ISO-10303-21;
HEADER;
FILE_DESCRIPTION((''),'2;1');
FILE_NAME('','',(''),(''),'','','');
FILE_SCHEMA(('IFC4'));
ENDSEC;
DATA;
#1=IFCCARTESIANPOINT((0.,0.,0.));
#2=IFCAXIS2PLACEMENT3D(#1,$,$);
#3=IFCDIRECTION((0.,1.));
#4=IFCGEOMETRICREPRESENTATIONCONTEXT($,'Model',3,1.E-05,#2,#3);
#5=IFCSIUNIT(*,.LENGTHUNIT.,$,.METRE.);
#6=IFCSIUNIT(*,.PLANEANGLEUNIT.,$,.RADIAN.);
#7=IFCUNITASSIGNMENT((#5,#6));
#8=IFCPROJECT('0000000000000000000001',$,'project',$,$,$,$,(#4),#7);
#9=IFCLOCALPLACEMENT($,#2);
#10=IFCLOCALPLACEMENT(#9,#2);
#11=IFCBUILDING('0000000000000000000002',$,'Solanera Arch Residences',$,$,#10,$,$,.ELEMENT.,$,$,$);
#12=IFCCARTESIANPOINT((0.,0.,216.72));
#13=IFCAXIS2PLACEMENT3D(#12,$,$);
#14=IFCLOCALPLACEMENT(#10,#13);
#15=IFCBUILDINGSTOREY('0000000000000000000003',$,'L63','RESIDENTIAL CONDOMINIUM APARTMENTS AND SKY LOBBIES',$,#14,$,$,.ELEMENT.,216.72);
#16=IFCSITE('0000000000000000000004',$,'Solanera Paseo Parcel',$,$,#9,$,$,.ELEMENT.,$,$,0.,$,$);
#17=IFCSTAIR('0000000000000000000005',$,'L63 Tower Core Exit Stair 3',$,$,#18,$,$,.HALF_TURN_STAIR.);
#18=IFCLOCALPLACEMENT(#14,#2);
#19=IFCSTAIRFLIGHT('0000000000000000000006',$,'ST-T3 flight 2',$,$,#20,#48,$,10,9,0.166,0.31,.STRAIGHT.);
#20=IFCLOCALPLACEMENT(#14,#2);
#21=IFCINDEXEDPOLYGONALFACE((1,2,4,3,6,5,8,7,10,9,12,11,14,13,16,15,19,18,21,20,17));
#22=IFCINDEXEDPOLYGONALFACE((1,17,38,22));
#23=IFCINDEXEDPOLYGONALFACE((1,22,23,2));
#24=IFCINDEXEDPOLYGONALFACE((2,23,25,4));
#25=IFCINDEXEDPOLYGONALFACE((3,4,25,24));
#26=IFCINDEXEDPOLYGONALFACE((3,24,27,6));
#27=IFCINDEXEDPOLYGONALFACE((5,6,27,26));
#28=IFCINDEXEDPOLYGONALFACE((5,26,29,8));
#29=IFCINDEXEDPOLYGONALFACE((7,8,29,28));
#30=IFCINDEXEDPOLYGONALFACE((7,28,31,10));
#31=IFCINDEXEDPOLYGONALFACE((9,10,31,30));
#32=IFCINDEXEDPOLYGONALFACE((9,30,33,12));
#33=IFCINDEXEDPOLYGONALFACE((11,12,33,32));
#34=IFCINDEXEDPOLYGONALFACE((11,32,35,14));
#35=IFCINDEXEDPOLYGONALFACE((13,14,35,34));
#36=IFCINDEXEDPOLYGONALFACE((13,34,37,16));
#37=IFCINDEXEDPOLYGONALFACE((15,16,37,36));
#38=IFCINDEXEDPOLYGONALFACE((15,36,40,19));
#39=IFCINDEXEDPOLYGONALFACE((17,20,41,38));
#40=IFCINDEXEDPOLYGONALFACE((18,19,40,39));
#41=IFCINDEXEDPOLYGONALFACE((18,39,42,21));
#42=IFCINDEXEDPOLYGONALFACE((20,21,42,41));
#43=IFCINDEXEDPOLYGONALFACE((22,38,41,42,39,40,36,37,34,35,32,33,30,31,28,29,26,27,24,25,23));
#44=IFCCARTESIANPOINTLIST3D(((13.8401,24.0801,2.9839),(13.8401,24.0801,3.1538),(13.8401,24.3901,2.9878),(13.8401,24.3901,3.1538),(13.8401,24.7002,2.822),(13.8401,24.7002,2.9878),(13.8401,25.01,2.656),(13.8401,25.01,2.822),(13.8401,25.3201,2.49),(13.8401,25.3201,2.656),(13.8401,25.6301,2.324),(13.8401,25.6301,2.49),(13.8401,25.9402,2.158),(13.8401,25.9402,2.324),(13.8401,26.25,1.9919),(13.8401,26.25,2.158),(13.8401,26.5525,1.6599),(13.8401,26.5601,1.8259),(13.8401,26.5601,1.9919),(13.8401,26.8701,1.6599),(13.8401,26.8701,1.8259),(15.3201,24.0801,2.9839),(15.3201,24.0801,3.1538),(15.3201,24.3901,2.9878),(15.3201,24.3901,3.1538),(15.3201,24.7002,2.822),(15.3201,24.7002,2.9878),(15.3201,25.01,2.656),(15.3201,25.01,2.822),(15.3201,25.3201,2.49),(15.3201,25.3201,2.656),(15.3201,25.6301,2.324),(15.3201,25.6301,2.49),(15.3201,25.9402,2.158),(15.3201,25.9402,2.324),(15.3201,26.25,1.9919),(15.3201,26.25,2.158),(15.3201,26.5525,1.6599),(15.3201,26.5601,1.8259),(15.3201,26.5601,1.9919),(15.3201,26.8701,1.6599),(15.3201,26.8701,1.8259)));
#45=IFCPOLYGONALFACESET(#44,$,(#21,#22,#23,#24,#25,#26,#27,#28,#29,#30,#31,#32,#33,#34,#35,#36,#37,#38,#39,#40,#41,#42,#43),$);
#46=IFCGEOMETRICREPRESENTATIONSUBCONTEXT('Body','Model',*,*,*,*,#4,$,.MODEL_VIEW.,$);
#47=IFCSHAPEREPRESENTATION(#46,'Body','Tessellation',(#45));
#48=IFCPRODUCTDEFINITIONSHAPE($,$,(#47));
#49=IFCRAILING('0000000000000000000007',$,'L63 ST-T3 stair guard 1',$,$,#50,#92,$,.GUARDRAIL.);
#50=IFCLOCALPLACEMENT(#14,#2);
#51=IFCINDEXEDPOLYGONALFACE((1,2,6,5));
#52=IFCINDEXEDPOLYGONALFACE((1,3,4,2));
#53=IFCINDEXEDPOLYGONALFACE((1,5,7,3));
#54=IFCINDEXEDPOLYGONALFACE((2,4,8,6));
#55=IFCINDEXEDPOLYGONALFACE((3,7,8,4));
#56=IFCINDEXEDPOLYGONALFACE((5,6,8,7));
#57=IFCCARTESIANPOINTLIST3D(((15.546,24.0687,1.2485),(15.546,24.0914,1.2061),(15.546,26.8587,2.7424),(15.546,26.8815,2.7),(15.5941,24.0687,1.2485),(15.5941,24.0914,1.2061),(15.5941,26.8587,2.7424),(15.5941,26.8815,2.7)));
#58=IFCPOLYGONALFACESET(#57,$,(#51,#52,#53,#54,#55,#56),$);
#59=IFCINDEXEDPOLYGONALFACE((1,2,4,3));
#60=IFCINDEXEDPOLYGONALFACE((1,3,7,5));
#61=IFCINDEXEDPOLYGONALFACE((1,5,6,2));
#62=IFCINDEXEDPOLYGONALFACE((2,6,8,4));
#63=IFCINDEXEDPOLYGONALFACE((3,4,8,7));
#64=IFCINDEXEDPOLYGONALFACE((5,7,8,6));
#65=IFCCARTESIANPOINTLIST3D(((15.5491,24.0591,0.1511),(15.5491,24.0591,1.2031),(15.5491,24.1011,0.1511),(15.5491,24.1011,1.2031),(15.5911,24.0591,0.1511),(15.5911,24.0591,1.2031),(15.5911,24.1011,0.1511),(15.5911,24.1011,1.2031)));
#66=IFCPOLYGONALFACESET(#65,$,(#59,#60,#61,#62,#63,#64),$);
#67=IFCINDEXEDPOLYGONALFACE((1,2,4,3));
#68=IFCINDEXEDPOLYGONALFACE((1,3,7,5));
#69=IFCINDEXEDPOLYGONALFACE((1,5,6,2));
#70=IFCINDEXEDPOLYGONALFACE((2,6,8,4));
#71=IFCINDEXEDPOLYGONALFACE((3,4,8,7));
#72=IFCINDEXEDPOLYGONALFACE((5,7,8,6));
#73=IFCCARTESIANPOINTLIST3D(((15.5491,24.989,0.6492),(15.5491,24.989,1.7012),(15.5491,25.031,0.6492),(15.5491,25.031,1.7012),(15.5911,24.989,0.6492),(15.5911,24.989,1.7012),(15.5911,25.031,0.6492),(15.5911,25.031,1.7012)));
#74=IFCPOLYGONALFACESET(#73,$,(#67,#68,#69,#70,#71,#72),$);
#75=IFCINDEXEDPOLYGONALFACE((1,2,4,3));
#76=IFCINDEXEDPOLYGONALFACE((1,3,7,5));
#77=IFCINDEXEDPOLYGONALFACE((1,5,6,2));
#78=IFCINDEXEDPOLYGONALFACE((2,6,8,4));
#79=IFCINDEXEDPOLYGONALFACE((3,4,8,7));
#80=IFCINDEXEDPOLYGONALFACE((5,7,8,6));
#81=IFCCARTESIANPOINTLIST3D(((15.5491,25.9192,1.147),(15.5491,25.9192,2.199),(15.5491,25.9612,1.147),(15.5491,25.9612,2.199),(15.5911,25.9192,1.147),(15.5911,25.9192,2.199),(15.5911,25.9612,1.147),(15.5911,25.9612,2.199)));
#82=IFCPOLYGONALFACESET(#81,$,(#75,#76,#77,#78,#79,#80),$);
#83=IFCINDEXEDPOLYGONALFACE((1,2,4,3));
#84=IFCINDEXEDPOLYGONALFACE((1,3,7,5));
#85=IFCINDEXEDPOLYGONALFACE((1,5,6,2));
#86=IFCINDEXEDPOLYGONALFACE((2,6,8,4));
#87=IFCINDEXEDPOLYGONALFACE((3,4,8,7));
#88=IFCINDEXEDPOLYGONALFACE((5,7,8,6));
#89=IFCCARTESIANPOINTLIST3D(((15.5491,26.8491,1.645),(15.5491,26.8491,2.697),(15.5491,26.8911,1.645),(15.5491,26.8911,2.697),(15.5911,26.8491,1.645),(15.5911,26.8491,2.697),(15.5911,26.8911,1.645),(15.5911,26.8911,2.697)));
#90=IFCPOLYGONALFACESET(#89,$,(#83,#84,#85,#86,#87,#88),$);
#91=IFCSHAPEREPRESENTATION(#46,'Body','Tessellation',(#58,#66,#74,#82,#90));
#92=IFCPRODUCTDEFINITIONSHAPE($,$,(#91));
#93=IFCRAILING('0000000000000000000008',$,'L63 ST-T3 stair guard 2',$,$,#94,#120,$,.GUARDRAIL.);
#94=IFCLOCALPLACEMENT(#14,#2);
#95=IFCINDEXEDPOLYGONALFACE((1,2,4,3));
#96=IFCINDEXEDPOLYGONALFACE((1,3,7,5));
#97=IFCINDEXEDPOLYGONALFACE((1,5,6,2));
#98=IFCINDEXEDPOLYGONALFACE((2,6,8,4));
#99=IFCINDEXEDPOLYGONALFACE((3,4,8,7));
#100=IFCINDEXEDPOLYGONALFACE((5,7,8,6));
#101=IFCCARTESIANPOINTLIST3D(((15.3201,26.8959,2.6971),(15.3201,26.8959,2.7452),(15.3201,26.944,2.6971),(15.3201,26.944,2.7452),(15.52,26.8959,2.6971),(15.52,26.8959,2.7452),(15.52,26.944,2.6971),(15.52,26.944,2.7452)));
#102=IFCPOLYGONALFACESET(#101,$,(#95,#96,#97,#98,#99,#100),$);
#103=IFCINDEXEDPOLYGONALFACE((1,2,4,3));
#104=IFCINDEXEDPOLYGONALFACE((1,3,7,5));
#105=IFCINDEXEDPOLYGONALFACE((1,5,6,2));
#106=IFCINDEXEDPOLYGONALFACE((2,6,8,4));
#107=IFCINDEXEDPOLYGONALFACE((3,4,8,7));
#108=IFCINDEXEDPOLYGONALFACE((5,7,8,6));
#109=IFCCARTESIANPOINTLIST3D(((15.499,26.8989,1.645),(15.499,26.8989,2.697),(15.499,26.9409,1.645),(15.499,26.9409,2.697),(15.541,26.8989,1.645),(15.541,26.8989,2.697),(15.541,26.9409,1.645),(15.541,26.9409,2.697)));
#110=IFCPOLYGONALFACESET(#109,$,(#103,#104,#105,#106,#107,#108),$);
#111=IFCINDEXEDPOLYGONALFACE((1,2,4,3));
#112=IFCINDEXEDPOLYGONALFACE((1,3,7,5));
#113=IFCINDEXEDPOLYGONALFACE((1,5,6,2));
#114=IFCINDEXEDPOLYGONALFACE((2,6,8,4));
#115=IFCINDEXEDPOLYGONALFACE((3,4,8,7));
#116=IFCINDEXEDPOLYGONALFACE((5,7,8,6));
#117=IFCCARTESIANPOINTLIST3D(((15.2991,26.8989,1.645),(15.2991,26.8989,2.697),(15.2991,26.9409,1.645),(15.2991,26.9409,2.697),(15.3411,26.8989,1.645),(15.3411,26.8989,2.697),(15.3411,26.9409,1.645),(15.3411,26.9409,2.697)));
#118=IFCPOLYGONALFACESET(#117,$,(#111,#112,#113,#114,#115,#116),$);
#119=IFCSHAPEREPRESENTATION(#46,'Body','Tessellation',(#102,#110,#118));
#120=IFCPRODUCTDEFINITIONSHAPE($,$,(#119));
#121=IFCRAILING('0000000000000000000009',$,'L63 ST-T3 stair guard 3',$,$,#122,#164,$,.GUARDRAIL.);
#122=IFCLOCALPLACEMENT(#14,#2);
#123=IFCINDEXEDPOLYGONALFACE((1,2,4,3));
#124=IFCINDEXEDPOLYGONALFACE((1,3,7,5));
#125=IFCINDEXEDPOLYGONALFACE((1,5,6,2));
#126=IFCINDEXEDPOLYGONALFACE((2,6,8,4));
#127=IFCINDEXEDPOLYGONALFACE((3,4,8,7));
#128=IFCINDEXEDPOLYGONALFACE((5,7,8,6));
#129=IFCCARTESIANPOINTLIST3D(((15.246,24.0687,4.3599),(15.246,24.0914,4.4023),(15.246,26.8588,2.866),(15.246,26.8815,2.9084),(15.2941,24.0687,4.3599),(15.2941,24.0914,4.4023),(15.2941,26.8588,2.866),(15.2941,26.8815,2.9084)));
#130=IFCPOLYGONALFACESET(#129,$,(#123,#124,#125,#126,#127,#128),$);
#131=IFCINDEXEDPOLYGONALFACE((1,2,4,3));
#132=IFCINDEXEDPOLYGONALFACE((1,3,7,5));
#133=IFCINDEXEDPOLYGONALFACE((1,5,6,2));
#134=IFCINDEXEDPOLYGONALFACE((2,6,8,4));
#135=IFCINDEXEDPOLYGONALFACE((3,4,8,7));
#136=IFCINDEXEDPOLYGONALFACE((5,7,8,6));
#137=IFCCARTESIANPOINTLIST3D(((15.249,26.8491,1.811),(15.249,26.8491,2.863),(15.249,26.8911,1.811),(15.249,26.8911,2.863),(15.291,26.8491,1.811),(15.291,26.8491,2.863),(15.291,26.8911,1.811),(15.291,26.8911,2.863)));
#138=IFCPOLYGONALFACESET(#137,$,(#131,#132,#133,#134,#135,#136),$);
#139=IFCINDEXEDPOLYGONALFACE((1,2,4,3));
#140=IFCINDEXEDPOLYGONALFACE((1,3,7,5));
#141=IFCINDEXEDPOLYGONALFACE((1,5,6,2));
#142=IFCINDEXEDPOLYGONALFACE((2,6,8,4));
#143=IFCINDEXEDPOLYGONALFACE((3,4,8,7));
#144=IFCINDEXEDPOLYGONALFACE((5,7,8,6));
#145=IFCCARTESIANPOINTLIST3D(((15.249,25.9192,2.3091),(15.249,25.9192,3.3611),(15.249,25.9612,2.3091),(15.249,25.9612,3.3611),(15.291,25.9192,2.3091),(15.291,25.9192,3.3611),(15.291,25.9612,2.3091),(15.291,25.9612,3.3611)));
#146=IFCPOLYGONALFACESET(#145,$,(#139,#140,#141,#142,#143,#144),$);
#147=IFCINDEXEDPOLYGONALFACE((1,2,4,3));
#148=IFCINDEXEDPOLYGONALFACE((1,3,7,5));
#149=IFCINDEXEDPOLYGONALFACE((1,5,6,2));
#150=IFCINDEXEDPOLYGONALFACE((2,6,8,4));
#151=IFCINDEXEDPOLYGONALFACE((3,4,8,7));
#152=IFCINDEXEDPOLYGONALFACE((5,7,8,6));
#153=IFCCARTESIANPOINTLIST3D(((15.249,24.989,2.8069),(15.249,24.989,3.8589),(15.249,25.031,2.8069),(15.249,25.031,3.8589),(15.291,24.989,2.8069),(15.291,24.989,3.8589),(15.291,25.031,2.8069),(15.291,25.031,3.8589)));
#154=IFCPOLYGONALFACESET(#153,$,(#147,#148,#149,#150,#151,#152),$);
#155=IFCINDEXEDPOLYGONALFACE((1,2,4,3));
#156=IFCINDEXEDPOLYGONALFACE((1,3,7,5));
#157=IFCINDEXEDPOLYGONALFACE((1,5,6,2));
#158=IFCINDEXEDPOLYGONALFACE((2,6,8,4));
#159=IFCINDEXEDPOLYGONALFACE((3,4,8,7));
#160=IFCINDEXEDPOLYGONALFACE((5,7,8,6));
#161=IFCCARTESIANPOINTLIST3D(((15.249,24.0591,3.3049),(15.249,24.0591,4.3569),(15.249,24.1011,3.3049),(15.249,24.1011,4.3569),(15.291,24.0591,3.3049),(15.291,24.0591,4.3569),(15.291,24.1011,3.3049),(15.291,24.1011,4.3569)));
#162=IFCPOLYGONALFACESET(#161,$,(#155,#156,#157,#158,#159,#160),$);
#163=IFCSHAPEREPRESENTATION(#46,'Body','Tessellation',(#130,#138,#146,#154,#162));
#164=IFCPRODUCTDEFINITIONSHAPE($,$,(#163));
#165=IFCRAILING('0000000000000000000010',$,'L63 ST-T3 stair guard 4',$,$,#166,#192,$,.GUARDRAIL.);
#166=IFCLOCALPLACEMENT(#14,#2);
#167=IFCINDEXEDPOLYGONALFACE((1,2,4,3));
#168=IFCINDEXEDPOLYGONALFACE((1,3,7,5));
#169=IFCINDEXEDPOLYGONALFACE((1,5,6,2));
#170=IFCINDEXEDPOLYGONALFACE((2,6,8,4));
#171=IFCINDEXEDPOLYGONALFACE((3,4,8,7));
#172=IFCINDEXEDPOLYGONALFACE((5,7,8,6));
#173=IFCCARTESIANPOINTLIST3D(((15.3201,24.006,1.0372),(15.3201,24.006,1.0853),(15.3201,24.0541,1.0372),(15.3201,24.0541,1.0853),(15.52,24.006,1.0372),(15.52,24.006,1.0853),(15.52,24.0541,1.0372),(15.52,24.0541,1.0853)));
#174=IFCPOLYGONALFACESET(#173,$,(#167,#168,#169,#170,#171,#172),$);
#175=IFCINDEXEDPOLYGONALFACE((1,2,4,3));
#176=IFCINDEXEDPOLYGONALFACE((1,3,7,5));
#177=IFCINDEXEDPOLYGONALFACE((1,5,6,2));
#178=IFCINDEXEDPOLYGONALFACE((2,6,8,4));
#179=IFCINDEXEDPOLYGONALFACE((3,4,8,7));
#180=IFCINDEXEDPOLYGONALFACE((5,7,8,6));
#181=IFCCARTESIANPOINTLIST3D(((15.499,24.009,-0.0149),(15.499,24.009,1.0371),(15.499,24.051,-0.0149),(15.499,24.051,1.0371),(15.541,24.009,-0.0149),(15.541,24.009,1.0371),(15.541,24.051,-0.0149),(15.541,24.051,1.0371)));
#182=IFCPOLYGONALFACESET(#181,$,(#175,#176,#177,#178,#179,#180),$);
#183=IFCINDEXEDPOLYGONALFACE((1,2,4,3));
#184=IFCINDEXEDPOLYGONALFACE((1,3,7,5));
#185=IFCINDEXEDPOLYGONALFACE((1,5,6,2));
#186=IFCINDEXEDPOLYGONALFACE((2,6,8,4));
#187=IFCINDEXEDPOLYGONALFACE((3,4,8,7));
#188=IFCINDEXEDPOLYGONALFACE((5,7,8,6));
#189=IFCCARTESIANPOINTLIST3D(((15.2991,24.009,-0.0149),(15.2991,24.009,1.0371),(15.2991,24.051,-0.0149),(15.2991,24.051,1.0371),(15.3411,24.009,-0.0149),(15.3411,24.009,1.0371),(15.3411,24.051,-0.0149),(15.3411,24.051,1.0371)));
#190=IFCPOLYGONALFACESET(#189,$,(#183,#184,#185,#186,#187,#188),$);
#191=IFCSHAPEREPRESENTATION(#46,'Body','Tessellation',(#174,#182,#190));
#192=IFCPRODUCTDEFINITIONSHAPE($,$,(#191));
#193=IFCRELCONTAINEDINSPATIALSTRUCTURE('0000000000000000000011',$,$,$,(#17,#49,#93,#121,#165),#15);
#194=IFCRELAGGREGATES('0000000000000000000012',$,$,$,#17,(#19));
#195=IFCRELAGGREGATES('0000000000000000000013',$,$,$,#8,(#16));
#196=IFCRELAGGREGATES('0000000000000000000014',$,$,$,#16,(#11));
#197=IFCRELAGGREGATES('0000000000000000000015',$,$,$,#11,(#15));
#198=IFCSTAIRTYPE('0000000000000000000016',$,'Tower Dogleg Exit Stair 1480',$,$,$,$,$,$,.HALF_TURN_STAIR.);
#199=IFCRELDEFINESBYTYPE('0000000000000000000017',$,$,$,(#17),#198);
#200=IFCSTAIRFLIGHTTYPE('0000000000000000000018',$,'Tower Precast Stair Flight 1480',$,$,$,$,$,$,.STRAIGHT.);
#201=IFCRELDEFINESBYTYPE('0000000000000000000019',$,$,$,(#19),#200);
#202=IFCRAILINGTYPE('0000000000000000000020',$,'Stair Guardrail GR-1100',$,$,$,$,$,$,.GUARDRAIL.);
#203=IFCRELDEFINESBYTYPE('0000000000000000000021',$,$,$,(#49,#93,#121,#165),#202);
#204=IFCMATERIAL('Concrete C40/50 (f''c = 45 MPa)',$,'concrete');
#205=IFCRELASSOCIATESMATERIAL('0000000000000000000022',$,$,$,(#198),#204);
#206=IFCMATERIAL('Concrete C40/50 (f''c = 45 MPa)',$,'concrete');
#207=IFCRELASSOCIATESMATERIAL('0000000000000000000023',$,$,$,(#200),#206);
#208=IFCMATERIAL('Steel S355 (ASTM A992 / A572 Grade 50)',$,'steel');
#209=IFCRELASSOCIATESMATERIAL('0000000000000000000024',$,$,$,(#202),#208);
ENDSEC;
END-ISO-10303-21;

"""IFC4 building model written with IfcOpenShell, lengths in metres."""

from ifc_helpers import new_model, si_unit, direction, frame, origin, origin_2d, place, context, subcontext, project, spatial, polyline, rectangle, outline, extrude, material, type_object, element, aggregate, save


model = new_model("IFC4")

# Units and contexts
model_context = context("Model", 3, precision=1e-05, world=origin(), true_north=direction((0.0, 1.0)))
body_context = subcontext(model_context, "Body", "Model", "MODEL_VIEW")
ifc_project = project(units=[si_unit("LENGTHUNIT", "METRE"), si_unit("PLANEANGLEUNIT", "RADIAN")], contexts=[model_context])

# Site, building, storey
site_placement = place(None, origin())
site = spatial("IfcSite", under=ifc_project, at=site_placement, Name="Solanera Paseo Parcel", CompositionType="ELEMENT", RefElevation=0.0)
building_placement = place(site_placement, origin())
building = spatial("IfcBuilding", under=site, at=building_placement, Name="Solanera Arch Residences", CompositionType="ELEMENT")
storey_placement = place(building_placement, frame((0.0, 0.0, 216.72)))
storey = spatial("IfcBuildingStorey", under=building, at=storey_placement, Name="L63", Description="RESIDENTIAL CONDOMINIUM APARTMENTS AND SKY LOBBIES", CompositionType="ELEMENT", Elevation=216.72)

# Stair, stair flight
ifc_material_1 = material(Name="Concrete C40/50 (f'c = 45 MPa)", Category="concrete")
stair_type = type_object("IfcStairType", Name="Tower Dogleg Exit Stair 1480", PredefinedType="HALF_TURN_STAIR", material=ifc_material_1)
stair_placement = place(storey_placement, origin())
stair = element("IfcStair", 1, at=stair_placement, inside=storey, type_object=stair_type, Name="L63 Tower Core Exit Stair 3", PredefinedType="HALF_TURN_STAIR")
ifc_material_2 = material(Name="Concrete C40/50 (f'c = 45 MPa)", Category="concrete")
stair_flight_type = type_object("IfcStairFlightType", Name="Tower Precast Stair Flight 1480", PredefinedType="STRAIGHT", material=ifc_material_2)
stair_flight_1_placement = place(storey_placement, frame((14.5801, 26.8701, 1.6599), z_axis=(0.0, 0.0, 1.0), x_axis=(0.0, -1.0, 0.0)))
stair_flight_1 = element("IfcStairFlight", 2, at=stair_flight_1_placement, type_object=stair_flight_type, Name="ST-T3 flight 2", NumberOfRisers=10, NumberOfTreads=9, PredefinedType="STRAIGHT", RiserHeight=0.166, TreadLength=0.31, context=body_context, shape_type="SweptSolid", body=[
    extrude(outline(polyline([(0.0, 0.0), (0.0, 0.166), (0.3101, 0.166), (0.3101, 0.332), (0.6201, 0.332), (0.6201, 0.498), (0.9299, 0.498), (0.9299, 0.6641), (1.24, 0.6641), (1.24, 0.8301), (1.55, 0.8301), (1.55, 0.9961), (1.8601, 0.9961), (1.8601, 1.1621), (2.1699, 1.1621), (2.1699, 1.3279), (2.48, 1.3279), (2.48, 1.4939), (2.79, 1.4939), (2.79, 1.6599), (2.79, 1.324), (0.3176, 0.0), (0.0, 0.0)])), frame((0.0, 0.74, 0.0), z_axis=(0.0, -1.0, 0.0), x_axis=(1.0, 0.0, 0.0)), (0.0, 0.0, 1.0), 1.48),
])
aggregate(stair, [stair_flight_1])

# Railings
ifc_material_3 = material(Name="Steel S355 (ASTM A992 / A572 Grade 50)", Category="steel")
railing_type_1 = type_object("IfcRailingType", Name="Stair Guardrail GR-1100", PredefinedType="GUARDRAIL", material=ifc_material_3)
railing_1_placement = place(storey_placement, frame((15.5701, 24.0801, 0.1511)))
element("IfcRailing", 3, at=railing_1_placement, inside=storey, type_object=railing_type_1, Name="L63 ST-T3 stair guard 1", PredefinedType="GUARDRAIL", context=body_context, shape_type="SweptSolid", body=[
    extrude(rectangle(XDim=0.0481, YDim=0.0481, at=origin_2d()), frame((0.0, 0.0, 1.0762), z_axis=(0.0, 0.881581, 0.472033), x_axis=(-1.0, 0.0, 0.0)), (0.0, 0.0, 1.0), 3.1648),
    extrude(rectangle(XDim=0.042, YDim=0.042, at=origin_2d()), origin(), (0.0, 0.0, 1.0), 1.052),
    extrude(rectangle(XDim=0.042, YDim=0.042, at=origin_2d()), frame((0.0, 0.9299, 0.498)), (0.0, 0.0, 1.0), 1.052),
    extrude(rectangle(XDim=0.042, YDim=0.042, at=origin_2d()), frame((0.0, 1.8601, 0.9958)), (0.0, 0.0, 1.0), 1.052),
    extrude(rectangle(XDim=0.042, YDim=0.042, at=origin_2d()), frame((0.0, 2.79, 1.4939)), (0.0, 0.0, 1.0), 1.052),
])
railing_2_placement = place(storey_placement, frame((15.52, 26.9199, 1.645)))
element("IfcRailing", 4, at=railing_2_placement, inside=storey, type_object=railing_type_1, Name="L63 ST-T3 stair guard 2", PredefinedType="GUARDRAIL", context=body_context, shape_type="SweptSolid", body=[
    extrude(rectangle(XDim=0.0481, YDim=0.0481, at=origin_2d()), frame((0.0, 0.0, 1.0762), z_axis=(-1.0, 0.0, 0.0), x_axis=(0.0, -1.0, 0.0)), (0.0, 0.0, 1.0), 0.2),
    extrude(rectangle(XDim=0.042, YDim=0.042, at=origin_2d()), origin(), (0.0, 0.0, 1.0), 1.052),
    extrude(rectangle(XDim=0.042, YDim=0.042, at=origin_2d()), frame((-0.2, 0.0, 0.0)), (0.0, 0.0, 1.0), 1.052),
])
railing_3_placement = place(storey_placement, frame((15.27, 26.8701, 1.811)))
element("IfcRailing", 5, at=railing_3_placement, inside=storey, type_object=railing_type_1, Name="L63 ST-T3 stair guard 3", PredefinedType="GUARDRAIL", context=body_context, shape_type="SweptSolid", body=[
    extrude(rectangle(XDim=0.0481, YDim=0.0481, at=origin_2d()), frame((0.0, 0.0, 1.0762), z_axis=(0.0, -0.881581, 0.472033), x_axis=(1.0, 0.0, 0.0)), (0.0, 0.0, 1.0), 3.1648),
    extrude(rectangle(XDim=0.042, YDim=0.042, at=origin_2d()), origin(), (0.0, 0.0, 1.0), 1.052),
    extrude(rectangle(XDim=0.042, YDim=0.042, at=origin_2d()), frame((0.0, -0.9299, 0.498)), (0.0, 0.0, 1.0), 1.052),
    extrude(rectangle(XDim=0.042, YDim=0.042, at=origin_2d()), frame((0.0, -1.8601, 0.9958)), (0.0, 0.0, 1.0), 1.052),
    extrude(rectangle(XDim=0.042, YDim=0.042, at=origin_2d()), frame((0.0, -2.79, 1.4939)), (0.0, 0.0, 1.0), 1.052),
])
railing_4_placement = place(storey_placement, frame((15.52, 24.03, -0.0149)))
element("IfcRailing", 6, at=railing_4_placement, inside=storey, type_object=railing_type_1, Name="L63 ST-T3 stair guard 4", PredefinedType="GUARDRAIL", context=body_context, shape_type="SweptSolid", body=[
    extrude(rectangle(XDim=0.0481, YDim=0.0481, at=origin_2d()), frame((0.0, 0.0, 1.0762), z_axis=(-1.0, 0.0, 0.0), x_axis=(0.0, -1.0, 0.0)), (0.0, 0.0, 1.0), 0.2),
    extrude(rectangle(XDim=0.042, YDim=0.042, at=origin_2d()), origin(), (0.0, 0.0, 1.0), 1.052),
    extrude(rectangle(XDim=0.042, YDim=0.042, at=origin_2d()), frame((-0.2, 0.0, 0.0)), (0.0, 0.0, 1.0), 1.052),
])

save(model, "model.ifc")
